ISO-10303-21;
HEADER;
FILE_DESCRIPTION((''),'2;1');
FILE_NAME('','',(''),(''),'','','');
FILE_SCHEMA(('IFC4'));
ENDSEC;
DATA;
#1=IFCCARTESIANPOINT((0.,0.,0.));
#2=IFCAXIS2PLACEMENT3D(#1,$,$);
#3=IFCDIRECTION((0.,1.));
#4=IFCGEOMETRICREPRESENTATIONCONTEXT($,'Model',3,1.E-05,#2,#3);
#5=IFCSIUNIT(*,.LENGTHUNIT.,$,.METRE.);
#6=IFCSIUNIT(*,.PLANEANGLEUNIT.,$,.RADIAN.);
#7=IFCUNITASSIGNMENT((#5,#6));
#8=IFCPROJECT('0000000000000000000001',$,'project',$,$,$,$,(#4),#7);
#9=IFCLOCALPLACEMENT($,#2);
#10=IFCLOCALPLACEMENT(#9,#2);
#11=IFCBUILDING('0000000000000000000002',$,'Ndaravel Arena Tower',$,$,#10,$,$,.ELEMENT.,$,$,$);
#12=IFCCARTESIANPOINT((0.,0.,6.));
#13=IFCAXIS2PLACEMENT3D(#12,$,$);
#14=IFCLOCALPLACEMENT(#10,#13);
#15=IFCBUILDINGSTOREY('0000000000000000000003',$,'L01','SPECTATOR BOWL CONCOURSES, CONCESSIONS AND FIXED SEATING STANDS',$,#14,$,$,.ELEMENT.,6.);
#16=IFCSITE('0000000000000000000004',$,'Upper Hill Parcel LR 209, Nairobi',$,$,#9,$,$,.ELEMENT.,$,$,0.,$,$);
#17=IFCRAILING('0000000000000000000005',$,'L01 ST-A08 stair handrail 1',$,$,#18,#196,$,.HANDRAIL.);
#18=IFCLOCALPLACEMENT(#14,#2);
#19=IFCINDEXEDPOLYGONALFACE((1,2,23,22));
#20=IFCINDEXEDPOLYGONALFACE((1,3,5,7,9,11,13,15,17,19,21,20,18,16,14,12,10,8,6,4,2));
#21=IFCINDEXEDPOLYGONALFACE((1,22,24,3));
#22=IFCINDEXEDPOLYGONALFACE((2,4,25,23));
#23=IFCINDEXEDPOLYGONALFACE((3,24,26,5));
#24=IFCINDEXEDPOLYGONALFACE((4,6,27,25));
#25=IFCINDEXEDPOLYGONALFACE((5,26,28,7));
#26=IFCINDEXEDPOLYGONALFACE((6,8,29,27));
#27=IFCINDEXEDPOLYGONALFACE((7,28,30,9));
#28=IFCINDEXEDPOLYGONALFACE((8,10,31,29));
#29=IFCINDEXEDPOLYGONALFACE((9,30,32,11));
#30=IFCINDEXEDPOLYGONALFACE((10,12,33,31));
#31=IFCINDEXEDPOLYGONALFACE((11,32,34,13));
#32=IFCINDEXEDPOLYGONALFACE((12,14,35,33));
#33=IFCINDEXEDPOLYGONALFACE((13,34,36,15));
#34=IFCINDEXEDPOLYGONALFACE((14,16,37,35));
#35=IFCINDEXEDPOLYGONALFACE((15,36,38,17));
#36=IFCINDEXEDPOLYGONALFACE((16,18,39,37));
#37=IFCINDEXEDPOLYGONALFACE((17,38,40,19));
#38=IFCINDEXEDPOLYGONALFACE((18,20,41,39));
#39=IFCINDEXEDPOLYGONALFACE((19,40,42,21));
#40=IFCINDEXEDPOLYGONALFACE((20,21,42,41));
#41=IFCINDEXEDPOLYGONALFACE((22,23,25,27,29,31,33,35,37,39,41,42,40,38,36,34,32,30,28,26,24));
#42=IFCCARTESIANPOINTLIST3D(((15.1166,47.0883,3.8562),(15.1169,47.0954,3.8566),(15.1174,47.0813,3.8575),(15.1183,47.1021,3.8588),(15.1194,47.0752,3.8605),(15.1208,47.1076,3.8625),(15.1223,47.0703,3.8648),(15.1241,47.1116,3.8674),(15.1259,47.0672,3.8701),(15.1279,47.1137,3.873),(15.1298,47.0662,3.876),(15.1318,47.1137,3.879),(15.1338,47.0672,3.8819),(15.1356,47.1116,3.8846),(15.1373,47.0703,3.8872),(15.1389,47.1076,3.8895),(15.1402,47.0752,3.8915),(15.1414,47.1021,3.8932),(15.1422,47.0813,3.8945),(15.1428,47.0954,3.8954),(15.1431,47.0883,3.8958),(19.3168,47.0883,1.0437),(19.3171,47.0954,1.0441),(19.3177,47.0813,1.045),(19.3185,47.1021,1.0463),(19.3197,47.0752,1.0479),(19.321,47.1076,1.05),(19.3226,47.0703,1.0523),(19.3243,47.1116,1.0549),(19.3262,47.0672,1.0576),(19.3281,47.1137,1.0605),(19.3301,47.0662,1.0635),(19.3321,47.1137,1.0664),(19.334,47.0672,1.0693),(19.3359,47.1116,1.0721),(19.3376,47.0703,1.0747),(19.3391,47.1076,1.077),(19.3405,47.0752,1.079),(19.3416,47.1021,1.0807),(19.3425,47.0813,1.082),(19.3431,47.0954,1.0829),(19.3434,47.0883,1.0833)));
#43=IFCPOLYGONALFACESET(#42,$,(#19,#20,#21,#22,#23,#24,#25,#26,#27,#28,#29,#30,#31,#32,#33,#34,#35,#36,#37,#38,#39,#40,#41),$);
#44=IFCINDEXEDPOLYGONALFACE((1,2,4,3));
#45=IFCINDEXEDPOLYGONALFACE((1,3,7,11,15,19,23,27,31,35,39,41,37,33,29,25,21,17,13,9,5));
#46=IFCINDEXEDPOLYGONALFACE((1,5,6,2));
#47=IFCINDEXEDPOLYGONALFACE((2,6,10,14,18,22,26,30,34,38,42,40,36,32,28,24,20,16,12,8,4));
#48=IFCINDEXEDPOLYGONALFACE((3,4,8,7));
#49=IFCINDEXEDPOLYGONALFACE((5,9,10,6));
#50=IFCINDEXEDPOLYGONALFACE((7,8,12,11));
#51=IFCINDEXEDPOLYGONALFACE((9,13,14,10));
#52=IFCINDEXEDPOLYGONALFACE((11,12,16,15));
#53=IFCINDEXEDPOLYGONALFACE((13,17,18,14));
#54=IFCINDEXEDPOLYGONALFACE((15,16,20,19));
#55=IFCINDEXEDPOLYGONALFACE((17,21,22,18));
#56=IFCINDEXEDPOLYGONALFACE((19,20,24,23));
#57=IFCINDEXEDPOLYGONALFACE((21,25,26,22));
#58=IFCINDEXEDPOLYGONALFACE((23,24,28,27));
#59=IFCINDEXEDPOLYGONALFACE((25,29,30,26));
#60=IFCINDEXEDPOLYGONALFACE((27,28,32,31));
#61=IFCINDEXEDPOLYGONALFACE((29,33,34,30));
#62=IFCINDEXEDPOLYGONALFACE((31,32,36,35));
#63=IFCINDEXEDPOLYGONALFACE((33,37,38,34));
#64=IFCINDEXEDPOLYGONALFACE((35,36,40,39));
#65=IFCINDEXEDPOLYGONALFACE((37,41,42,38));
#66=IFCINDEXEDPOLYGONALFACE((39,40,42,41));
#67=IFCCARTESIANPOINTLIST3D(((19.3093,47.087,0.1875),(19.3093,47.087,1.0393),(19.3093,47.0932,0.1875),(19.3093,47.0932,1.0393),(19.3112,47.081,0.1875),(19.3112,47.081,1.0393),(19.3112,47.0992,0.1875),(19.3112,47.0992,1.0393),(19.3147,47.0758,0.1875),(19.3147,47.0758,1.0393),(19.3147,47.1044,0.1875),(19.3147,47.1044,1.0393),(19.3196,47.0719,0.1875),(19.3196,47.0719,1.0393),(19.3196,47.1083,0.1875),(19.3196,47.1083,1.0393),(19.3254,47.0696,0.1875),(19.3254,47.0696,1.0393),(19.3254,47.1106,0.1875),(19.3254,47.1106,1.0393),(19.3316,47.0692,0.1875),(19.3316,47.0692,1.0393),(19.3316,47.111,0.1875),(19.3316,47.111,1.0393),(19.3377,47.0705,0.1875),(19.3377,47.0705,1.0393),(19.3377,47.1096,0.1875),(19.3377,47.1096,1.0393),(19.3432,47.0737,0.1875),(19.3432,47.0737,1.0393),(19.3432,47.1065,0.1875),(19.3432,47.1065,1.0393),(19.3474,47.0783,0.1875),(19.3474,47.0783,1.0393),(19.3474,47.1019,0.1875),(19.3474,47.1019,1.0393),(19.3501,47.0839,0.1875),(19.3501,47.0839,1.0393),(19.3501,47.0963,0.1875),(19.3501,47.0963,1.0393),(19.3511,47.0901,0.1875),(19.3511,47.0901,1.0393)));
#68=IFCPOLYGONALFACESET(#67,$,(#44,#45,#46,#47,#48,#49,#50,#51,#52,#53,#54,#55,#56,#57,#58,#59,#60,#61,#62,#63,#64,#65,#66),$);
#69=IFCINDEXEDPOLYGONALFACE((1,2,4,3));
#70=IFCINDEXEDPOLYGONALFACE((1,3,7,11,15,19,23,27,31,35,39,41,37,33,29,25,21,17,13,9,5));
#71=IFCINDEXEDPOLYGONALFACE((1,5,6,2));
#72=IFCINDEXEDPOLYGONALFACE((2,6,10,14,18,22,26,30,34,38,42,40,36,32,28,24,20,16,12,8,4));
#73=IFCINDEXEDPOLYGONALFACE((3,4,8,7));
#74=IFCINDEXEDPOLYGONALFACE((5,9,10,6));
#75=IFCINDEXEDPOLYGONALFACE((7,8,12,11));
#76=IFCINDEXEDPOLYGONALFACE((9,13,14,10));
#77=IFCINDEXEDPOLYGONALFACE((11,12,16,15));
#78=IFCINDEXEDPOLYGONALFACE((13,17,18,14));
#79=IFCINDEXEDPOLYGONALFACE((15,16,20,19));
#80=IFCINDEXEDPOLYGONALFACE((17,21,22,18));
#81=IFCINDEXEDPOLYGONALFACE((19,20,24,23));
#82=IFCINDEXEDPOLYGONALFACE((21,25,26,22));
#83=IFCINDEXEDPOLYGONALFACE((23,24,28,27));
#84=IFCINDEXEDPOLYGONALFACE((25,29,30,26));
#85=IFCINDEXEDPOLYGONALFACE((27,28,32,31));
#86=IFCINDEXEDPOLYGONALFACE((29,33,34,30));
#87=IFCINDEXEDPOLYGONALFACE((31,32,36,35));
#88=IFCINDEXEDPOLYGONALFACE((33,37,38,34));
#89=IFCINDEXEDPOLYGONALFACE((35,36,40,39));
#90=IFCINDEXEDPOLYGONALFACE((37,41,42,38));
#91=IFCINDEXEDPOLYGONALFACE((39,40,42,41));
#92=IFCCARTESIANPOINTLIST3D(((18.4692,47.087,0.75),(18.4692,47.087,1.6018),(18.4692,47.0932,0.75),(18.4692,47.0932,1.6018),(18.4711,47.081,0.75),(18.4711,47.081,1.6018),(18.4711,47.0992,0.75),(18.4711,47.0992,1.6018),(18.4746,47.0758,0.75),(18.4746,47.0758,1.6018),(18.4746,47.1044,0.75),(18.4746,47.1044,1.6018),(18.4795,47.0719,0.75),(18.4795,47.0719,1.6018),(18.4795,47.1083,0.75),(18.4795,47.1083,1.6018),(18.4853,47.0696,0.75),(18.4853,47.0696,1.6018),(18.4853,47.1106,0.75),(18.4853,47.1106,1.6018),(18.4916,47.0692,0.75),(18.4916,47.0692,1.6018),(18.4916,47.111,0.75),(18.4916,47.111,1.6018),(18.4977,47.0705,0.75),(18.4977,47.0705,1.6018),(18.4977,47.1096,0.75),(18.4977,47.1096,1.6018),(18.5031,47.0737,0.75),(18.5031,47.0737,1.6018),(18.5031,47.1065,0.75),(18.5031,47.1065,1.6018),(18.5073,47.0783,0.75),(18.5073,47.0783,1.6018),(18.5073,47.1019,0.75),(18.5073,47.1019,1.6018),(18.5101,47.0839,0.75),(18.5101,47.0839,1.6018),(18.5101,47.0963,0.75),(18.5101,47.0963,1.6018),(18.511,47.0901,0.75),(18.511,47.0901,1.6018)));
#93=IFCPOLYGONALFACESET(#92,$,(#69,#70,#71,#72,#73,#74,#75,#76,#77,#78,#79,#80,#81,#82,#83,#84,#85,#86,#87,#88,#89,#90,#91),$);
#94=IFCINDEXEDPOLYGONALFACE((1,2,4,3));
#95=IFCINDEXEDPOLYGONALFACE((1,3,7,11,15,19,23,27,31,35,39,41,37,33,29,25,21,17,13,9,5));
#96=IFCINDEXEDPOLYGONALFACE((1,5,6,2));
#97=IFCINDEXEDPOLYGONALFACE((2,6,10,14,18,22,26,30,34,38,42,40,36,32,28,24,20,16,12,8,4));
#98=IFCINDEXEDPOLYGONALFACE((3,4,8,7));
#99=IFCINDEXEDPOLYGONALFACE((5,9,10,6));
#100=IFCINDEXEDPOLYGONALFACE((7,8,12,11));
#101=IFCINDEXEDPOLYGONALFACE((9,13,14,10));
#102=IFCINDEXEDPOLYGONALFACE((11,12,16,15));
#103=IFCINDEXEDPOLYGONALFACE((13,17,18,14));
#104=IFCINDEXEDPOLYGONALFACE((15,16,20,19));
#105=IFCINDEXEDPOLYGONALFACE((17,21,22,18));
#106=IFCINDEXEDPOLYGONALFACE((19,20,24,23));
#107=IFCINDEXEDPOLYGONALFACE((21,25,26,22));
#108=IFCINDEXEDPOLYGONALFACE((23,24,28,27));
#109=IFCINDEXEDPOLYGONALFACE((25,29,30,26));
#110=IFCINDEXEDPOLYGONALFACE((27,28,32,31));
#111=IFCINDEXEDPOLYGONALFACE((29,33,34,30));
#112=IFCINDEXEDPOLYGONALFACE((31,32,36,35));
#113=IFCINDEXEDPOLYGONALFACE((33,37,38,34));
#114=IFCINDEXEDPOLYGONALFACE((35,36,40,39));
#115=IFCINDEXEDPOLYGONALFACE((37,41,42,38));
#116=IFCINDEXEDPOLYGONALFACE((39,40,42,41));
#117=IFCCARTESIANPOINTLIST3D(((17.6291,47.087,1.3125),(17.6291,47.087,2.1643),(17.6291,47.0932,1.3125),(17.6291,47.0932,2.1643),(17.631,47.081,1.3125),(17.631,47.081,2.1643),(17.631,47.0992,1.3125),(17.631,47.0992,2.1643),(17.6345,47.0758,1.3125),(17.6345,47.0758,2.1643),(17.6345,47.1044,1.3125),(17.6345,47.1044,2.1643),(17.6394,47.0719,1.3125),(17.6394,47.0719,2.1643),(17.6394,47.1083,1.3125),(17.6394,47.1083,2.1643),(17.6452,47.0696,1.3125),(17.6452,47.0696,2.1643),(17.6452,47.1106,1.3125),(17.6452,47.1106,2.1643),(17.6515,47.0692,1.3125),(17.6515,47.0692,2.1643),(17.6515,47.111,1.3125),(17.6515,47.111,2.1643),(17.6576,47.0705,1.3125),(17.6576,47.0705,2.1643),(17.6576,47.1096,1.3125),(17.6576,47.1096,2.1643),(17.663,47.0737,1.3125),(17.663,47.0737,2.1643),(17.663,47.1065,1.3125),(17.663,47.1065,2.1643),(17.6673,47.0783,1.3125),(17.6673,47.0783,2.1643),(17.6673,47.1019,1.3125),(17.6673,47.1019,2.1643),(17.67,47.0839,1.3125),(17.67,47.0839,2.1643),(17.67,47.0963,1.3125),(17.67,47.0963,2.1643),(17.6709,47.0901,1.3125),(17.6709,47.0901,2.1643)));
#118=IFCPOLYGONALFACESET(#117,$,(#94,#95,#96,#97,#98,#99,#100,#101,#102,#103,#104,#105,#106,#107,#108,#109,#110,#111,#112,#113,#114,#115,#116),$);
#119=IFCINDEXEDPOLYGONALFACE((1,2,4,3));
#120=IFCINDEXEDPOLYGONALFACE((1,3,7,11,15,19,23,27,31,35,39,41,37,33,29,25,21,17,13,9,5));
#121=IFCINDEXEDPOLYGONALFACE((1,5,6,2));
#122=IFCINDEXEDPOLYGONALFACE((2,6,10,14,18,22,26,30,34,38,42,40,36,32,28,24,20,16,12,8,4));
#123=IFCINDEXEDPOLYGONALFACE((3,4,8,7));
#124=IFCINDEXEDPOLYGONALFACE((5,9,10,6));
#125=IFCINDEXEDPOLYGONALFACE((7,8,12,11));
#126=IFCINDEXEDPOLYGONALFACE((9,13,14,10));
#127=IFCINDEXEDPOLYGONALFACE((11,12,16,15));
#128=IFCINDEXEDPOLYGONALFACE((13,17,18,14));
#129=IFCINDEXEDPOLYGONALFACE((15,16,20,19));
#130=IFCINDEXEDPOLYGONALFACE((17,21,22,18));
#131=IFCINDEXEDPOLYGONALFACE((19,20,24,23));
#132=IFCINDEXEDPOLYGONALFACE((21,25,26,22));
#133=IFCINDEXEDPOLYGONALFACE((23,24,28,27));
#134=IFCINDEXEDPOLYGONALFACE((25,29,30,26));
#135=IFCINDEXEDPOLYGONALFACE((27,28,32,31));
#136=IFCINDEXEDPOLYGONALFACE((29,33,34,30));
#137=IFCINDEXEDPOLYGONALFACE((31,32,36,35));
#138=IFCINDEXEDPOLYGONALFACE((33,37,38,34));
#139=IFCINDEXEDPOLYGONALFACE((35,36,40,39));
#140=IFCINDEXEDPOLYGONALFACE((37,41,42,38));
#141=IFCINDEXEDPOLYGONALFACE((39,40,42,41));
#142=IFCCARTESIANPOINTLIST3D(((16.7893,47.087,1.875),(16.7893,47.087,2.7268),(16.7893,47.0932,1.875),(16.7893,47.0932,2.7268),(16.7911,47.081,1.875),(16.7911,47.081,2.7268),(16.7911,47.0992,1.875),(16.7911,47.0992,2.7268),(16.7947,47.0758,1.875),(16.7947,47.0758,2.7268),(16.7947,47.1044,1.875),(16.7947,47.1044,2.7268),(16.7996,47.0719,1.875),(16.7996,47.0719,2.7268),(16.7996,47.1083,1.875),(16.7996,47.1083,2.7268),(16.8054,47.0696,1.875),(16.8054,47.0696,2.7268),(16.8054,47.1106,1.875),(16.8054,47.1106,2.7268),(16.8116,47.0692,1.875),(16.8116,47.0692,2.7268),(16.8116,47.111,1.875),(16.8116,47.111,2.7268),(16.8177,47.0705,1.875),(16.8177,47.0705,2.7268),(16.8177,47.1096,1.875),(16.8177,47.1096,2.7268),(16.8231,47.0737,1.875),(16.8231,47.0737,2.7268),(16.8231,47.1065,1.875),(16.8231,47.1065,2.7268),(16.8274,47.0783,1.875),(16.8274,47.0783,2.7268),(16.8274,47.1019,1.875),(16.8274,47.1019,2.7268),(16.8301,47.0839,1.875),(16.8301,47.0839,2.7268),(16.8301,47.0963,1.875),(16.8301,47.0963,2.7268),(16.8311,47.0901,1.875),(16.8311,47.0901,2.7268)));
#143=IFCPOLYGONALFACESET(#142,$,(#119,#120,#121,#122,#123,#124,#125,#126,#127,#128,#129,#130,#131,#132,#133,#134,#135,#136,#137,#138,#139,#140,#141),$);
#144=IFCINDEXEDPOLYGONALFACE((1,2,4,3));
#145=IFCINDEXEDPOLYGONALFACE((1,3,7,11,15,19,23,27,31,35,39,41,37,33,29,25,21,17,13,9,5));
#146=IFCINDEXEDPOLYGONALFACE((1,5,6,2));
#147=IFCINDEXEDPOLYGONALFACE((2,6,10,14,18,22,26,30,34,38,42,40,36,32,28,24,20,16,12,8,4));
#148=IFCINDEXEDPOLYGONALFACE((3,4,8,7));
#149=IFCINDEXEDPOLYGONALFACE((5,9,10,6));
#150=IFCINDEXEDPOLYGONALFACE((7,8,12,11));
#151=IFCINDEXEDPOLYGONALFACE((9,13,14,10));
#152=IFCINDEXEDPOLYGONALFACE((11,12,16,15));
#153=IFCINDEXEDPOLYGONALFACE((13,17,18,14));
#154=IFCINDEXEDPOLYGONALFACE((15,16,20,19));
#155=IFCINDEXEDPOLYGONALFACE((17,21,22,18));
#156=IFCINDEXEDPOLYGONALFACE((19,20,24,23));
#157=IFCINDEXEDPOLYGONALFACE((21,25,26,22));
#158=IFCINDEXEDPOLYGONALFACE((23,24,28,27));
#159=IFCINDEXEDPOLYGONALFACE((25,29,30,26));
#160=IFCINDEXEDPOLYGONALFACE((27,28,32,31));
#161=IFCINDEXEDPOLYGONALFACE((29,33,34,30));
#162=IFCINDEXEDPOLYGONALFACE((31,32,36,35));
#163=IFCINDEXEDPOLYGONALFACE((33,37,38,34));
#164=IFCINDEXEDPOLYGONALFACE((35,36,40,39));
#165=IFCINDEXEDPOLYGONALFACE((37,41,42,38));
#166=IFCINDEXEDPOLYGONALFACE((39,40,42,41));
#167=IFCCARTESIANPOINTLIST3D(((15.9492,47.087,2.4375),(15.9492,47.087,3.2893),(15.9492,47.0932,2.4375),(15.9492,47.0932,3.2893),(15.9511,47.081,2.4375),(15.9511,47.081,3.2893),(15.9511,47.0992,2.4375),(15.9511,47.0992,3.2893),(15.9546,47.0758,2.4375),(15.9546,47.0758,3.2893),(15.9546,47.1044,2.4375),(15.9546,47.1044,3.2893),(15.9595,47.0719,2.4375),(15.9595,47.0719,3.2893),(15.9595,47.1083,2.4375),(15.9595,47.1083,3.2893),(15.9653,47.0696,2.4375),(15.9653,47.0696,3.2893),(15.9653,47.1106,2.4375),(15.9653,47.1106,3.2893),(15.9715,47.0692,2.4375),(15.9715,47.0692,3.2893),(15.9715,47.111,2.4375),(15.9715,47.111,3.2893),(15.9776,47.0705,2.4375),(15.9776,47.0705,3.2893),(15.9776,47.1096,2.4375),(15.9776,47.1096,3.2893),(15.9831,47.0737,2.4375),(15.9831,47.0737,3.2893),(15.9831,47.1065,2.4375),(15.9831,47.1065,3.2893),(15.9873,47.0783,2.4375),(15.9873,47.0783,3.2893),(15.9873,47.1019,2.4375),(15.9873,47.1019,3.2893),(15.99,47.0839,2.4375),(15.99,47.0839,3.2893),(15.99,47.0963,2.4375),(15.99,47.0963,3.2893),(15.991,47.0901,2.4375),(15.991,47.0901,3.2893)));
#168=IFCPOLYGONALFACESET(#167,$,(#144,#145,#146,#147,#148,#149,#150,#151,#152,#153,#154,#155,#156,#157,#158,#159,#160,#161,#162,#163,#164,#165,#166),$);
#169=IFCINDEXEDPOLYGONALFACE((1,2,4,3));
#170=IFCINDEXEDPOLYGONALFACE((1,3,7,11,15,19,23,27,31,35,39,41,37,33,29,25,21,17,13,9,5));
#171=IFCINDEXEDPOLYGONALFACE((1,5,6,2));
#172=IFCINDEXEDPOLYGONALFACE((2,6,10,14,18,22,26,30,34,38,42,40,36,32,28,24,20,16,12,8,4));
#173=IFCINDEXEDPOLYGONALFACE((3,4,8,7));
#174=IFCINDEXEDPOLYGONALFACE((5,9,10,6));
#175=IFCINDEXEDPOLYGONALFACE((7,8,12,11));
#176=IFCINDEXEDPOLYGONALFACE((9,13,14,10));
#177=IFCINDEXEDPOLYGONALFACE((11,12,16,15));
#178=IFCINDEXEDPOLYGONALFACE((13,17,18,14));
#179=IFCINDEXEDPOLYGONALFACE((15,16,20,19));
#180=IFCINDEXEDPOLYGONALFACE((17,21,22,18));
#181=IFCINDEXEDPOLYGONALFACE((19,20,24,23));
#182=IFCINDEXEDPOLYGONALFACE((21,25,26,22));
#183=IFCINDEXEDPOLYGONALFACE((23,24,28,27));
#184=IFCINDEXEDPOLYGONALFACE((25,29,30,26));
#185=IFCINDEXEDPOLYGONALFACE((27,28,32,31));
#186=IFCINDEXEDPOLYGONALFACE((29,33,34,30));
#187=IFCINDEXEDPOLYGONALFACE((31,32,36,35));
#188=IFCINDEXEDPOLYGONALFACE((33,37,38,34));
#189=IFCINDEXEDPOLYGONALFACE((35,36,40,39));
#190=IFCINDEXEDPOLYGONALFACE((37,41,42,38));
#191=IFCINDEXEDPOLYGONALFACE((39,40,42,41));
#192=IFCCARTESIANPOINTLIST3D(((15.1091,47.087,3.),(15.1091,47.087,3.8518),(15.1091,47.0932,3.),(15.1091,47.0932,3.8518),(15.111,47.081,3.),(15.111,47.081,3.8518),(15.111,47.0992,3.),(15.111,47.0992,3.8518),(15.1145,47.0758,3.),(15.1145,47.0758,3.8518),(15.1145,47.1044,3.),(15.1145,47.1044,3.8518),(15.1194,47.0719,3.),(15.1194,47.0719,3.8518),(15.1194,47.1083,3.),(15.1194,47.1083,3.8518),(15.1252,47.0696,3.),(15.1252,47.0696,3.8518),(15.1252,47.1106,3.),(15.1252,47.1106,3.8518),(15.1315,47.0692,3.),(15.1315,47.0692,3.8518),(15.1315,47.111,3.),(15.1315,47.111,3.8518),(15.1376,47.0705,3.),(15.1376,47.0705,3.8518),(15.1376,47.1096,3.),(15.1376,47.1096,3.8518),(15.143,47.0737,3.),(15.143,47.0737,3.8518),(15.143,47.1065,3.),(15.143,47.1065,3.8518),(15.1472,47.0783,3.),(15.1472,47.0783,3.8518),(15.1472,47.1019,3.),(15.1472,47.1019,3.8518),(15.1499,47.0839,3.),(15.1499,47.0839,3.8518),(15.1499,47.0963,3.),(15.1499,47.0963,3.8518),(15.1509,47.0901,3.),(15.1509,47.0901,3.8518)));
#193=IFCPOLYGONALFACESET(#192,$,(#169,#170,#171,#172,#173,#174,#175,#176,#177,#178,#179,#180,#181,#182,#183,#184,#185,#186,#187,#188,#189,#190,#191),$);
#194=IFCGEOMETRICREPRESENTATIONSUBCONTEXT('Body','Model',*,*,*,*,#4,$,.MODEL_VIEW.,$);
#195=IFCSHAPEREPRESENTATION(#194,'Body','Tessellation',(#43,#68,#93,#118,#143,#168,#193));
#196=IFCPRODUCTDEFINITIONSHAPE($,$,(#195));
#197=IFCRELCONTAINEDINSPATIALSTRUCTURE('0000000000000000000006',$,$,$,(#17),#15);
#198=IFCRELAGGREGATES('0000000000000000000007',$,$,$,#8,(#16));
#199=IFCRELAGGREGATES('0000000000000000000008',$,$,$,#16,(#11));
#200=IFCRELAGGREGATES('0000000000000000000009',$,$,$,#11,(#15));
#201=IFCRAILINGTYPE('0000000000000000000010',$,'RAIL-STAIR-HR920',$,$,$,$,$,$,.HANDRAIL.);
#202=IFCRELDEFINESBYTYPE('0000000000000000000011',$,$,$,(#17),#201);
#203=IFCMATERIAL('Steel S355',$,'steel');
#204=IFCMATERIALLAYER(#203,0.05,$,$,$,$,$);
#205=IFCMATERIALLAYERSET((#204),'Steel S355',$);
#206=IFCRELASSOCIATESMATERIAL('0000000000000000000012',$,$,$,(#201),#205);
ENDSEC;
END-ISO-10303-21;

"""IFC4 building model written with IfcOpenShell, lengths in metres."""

from ifc_helpers import new_model, si_unit, direction, frame, origin, origin_2d, place, context, subcontext, project, spatial, circle, extrude, material, layer, layer_set, type_object, element, save


model = new_model("IFC4")

# Units and contexts
model_context = context("Model", 3, precision=1e-05, world=origin(), true_north=direction((0.0, 1.0)))
body_context = subcontext(model_context, "Body", "Model", "MODEL_VIEW")
ifc_project = project(units=[si_unit("LENGTHUNIT", "METRE"), si_unit("PLANEANGLEUNIT", "RADIAN")], contexts=[model_context])

# Site, building, storey
site_placement = place(None, origin())
site = spatial("IfcSite", under=ifc_project, at=site_placement, Name="Upper Hill Parcel LR 209, Nairobi", CompositionType="ELEMENT", RefElevation=0.0)
building_placement = place(site_placement, origin())
building = spatial("IfcBuilding", under=site, at=building_placement, Name="Ndaravel Arena Tower", CompositionType="ELEMENT")
storey_placement = place(building_placement, frame((0.0, 0.0, 6.0)))
storey = spatial("IfcBuildingStorey", under=building, at=storey_placement, Name="L01", Description="SPECTATOR BOWL CONCOURSES, CONCESSIONS AND FIXED SEATING STANDS", CompositionType="ELEMENT", Elevation=6.0)

# Railing
ifc_material_1 = material(Name="Steel S355", Category="steel")
ifc_layer_1 = layer(ifc_material_1, 0.05)
ifc_layer_set_1 = layer_set([ifc_layer_1], Name="Steel S355")
railing_type_1 = type_object("IfcRailingType", Name="RAIL-STAIR-HR920", PredefinedType="HANDRAIL", material=ifc_layer_set_1)
railing_1_placement = place(storey_placement, frame((19.3301, 47.0901, 0.1875)))
element("IfcRailing", 1, at=railing_1_placement, inside=storey, type_object=railing_type_1, Name="L01 ST-A08 stair handrail 1", PredefinedType="HANDRAIL", context=body_context, shape_type="SweptSolid", body=[
    extrude(circle(Radius=0.0239, at=origin_2d()), frame((0.0, 0.0, 0.876), z_axis=(-0.830919, 0.0, 0.556393), x_axis=(0.0, -1.0, 0.0)), (0.0, 0.0, 1.0), 5.0549),
    extrude(circle(Radius=0.021, at=origin_2d()), origin(), (0.0, 0.0, 1.0), 0.8518),
    extrude(circle(Radius=0.021, at=origin_2d()), frame((-0.8401, 0.0, 0.5625)), (0.0, 0.0, 1.0), 0.8518),
    extrude(circle(Radius=0.021, at=origin_2d()), frame((-1.6802, 0.0, 1.125)), (0.0, 0.0, 1.0), 0.8518),
    extrude(circle(Radius=0.021, at=origin_2d()), frame((-2.52, 0.0, 1.6875)), (0.0, 0.0, 1.0), 0.8518),
    extrude(circle(Radius=0.021, at=origin_2d()), frame((-3.3601, 0.0, 2.25)), (0.0, 0.0, 1.0), 0.8518),
    extrude(circle(Radius=0.021, at=origin_2d()), frame((-4.2002, 0.0, 2.8125)), (0.0, 0.0, 1.0), 0.8518),
])

save(model, "model.ifc")
